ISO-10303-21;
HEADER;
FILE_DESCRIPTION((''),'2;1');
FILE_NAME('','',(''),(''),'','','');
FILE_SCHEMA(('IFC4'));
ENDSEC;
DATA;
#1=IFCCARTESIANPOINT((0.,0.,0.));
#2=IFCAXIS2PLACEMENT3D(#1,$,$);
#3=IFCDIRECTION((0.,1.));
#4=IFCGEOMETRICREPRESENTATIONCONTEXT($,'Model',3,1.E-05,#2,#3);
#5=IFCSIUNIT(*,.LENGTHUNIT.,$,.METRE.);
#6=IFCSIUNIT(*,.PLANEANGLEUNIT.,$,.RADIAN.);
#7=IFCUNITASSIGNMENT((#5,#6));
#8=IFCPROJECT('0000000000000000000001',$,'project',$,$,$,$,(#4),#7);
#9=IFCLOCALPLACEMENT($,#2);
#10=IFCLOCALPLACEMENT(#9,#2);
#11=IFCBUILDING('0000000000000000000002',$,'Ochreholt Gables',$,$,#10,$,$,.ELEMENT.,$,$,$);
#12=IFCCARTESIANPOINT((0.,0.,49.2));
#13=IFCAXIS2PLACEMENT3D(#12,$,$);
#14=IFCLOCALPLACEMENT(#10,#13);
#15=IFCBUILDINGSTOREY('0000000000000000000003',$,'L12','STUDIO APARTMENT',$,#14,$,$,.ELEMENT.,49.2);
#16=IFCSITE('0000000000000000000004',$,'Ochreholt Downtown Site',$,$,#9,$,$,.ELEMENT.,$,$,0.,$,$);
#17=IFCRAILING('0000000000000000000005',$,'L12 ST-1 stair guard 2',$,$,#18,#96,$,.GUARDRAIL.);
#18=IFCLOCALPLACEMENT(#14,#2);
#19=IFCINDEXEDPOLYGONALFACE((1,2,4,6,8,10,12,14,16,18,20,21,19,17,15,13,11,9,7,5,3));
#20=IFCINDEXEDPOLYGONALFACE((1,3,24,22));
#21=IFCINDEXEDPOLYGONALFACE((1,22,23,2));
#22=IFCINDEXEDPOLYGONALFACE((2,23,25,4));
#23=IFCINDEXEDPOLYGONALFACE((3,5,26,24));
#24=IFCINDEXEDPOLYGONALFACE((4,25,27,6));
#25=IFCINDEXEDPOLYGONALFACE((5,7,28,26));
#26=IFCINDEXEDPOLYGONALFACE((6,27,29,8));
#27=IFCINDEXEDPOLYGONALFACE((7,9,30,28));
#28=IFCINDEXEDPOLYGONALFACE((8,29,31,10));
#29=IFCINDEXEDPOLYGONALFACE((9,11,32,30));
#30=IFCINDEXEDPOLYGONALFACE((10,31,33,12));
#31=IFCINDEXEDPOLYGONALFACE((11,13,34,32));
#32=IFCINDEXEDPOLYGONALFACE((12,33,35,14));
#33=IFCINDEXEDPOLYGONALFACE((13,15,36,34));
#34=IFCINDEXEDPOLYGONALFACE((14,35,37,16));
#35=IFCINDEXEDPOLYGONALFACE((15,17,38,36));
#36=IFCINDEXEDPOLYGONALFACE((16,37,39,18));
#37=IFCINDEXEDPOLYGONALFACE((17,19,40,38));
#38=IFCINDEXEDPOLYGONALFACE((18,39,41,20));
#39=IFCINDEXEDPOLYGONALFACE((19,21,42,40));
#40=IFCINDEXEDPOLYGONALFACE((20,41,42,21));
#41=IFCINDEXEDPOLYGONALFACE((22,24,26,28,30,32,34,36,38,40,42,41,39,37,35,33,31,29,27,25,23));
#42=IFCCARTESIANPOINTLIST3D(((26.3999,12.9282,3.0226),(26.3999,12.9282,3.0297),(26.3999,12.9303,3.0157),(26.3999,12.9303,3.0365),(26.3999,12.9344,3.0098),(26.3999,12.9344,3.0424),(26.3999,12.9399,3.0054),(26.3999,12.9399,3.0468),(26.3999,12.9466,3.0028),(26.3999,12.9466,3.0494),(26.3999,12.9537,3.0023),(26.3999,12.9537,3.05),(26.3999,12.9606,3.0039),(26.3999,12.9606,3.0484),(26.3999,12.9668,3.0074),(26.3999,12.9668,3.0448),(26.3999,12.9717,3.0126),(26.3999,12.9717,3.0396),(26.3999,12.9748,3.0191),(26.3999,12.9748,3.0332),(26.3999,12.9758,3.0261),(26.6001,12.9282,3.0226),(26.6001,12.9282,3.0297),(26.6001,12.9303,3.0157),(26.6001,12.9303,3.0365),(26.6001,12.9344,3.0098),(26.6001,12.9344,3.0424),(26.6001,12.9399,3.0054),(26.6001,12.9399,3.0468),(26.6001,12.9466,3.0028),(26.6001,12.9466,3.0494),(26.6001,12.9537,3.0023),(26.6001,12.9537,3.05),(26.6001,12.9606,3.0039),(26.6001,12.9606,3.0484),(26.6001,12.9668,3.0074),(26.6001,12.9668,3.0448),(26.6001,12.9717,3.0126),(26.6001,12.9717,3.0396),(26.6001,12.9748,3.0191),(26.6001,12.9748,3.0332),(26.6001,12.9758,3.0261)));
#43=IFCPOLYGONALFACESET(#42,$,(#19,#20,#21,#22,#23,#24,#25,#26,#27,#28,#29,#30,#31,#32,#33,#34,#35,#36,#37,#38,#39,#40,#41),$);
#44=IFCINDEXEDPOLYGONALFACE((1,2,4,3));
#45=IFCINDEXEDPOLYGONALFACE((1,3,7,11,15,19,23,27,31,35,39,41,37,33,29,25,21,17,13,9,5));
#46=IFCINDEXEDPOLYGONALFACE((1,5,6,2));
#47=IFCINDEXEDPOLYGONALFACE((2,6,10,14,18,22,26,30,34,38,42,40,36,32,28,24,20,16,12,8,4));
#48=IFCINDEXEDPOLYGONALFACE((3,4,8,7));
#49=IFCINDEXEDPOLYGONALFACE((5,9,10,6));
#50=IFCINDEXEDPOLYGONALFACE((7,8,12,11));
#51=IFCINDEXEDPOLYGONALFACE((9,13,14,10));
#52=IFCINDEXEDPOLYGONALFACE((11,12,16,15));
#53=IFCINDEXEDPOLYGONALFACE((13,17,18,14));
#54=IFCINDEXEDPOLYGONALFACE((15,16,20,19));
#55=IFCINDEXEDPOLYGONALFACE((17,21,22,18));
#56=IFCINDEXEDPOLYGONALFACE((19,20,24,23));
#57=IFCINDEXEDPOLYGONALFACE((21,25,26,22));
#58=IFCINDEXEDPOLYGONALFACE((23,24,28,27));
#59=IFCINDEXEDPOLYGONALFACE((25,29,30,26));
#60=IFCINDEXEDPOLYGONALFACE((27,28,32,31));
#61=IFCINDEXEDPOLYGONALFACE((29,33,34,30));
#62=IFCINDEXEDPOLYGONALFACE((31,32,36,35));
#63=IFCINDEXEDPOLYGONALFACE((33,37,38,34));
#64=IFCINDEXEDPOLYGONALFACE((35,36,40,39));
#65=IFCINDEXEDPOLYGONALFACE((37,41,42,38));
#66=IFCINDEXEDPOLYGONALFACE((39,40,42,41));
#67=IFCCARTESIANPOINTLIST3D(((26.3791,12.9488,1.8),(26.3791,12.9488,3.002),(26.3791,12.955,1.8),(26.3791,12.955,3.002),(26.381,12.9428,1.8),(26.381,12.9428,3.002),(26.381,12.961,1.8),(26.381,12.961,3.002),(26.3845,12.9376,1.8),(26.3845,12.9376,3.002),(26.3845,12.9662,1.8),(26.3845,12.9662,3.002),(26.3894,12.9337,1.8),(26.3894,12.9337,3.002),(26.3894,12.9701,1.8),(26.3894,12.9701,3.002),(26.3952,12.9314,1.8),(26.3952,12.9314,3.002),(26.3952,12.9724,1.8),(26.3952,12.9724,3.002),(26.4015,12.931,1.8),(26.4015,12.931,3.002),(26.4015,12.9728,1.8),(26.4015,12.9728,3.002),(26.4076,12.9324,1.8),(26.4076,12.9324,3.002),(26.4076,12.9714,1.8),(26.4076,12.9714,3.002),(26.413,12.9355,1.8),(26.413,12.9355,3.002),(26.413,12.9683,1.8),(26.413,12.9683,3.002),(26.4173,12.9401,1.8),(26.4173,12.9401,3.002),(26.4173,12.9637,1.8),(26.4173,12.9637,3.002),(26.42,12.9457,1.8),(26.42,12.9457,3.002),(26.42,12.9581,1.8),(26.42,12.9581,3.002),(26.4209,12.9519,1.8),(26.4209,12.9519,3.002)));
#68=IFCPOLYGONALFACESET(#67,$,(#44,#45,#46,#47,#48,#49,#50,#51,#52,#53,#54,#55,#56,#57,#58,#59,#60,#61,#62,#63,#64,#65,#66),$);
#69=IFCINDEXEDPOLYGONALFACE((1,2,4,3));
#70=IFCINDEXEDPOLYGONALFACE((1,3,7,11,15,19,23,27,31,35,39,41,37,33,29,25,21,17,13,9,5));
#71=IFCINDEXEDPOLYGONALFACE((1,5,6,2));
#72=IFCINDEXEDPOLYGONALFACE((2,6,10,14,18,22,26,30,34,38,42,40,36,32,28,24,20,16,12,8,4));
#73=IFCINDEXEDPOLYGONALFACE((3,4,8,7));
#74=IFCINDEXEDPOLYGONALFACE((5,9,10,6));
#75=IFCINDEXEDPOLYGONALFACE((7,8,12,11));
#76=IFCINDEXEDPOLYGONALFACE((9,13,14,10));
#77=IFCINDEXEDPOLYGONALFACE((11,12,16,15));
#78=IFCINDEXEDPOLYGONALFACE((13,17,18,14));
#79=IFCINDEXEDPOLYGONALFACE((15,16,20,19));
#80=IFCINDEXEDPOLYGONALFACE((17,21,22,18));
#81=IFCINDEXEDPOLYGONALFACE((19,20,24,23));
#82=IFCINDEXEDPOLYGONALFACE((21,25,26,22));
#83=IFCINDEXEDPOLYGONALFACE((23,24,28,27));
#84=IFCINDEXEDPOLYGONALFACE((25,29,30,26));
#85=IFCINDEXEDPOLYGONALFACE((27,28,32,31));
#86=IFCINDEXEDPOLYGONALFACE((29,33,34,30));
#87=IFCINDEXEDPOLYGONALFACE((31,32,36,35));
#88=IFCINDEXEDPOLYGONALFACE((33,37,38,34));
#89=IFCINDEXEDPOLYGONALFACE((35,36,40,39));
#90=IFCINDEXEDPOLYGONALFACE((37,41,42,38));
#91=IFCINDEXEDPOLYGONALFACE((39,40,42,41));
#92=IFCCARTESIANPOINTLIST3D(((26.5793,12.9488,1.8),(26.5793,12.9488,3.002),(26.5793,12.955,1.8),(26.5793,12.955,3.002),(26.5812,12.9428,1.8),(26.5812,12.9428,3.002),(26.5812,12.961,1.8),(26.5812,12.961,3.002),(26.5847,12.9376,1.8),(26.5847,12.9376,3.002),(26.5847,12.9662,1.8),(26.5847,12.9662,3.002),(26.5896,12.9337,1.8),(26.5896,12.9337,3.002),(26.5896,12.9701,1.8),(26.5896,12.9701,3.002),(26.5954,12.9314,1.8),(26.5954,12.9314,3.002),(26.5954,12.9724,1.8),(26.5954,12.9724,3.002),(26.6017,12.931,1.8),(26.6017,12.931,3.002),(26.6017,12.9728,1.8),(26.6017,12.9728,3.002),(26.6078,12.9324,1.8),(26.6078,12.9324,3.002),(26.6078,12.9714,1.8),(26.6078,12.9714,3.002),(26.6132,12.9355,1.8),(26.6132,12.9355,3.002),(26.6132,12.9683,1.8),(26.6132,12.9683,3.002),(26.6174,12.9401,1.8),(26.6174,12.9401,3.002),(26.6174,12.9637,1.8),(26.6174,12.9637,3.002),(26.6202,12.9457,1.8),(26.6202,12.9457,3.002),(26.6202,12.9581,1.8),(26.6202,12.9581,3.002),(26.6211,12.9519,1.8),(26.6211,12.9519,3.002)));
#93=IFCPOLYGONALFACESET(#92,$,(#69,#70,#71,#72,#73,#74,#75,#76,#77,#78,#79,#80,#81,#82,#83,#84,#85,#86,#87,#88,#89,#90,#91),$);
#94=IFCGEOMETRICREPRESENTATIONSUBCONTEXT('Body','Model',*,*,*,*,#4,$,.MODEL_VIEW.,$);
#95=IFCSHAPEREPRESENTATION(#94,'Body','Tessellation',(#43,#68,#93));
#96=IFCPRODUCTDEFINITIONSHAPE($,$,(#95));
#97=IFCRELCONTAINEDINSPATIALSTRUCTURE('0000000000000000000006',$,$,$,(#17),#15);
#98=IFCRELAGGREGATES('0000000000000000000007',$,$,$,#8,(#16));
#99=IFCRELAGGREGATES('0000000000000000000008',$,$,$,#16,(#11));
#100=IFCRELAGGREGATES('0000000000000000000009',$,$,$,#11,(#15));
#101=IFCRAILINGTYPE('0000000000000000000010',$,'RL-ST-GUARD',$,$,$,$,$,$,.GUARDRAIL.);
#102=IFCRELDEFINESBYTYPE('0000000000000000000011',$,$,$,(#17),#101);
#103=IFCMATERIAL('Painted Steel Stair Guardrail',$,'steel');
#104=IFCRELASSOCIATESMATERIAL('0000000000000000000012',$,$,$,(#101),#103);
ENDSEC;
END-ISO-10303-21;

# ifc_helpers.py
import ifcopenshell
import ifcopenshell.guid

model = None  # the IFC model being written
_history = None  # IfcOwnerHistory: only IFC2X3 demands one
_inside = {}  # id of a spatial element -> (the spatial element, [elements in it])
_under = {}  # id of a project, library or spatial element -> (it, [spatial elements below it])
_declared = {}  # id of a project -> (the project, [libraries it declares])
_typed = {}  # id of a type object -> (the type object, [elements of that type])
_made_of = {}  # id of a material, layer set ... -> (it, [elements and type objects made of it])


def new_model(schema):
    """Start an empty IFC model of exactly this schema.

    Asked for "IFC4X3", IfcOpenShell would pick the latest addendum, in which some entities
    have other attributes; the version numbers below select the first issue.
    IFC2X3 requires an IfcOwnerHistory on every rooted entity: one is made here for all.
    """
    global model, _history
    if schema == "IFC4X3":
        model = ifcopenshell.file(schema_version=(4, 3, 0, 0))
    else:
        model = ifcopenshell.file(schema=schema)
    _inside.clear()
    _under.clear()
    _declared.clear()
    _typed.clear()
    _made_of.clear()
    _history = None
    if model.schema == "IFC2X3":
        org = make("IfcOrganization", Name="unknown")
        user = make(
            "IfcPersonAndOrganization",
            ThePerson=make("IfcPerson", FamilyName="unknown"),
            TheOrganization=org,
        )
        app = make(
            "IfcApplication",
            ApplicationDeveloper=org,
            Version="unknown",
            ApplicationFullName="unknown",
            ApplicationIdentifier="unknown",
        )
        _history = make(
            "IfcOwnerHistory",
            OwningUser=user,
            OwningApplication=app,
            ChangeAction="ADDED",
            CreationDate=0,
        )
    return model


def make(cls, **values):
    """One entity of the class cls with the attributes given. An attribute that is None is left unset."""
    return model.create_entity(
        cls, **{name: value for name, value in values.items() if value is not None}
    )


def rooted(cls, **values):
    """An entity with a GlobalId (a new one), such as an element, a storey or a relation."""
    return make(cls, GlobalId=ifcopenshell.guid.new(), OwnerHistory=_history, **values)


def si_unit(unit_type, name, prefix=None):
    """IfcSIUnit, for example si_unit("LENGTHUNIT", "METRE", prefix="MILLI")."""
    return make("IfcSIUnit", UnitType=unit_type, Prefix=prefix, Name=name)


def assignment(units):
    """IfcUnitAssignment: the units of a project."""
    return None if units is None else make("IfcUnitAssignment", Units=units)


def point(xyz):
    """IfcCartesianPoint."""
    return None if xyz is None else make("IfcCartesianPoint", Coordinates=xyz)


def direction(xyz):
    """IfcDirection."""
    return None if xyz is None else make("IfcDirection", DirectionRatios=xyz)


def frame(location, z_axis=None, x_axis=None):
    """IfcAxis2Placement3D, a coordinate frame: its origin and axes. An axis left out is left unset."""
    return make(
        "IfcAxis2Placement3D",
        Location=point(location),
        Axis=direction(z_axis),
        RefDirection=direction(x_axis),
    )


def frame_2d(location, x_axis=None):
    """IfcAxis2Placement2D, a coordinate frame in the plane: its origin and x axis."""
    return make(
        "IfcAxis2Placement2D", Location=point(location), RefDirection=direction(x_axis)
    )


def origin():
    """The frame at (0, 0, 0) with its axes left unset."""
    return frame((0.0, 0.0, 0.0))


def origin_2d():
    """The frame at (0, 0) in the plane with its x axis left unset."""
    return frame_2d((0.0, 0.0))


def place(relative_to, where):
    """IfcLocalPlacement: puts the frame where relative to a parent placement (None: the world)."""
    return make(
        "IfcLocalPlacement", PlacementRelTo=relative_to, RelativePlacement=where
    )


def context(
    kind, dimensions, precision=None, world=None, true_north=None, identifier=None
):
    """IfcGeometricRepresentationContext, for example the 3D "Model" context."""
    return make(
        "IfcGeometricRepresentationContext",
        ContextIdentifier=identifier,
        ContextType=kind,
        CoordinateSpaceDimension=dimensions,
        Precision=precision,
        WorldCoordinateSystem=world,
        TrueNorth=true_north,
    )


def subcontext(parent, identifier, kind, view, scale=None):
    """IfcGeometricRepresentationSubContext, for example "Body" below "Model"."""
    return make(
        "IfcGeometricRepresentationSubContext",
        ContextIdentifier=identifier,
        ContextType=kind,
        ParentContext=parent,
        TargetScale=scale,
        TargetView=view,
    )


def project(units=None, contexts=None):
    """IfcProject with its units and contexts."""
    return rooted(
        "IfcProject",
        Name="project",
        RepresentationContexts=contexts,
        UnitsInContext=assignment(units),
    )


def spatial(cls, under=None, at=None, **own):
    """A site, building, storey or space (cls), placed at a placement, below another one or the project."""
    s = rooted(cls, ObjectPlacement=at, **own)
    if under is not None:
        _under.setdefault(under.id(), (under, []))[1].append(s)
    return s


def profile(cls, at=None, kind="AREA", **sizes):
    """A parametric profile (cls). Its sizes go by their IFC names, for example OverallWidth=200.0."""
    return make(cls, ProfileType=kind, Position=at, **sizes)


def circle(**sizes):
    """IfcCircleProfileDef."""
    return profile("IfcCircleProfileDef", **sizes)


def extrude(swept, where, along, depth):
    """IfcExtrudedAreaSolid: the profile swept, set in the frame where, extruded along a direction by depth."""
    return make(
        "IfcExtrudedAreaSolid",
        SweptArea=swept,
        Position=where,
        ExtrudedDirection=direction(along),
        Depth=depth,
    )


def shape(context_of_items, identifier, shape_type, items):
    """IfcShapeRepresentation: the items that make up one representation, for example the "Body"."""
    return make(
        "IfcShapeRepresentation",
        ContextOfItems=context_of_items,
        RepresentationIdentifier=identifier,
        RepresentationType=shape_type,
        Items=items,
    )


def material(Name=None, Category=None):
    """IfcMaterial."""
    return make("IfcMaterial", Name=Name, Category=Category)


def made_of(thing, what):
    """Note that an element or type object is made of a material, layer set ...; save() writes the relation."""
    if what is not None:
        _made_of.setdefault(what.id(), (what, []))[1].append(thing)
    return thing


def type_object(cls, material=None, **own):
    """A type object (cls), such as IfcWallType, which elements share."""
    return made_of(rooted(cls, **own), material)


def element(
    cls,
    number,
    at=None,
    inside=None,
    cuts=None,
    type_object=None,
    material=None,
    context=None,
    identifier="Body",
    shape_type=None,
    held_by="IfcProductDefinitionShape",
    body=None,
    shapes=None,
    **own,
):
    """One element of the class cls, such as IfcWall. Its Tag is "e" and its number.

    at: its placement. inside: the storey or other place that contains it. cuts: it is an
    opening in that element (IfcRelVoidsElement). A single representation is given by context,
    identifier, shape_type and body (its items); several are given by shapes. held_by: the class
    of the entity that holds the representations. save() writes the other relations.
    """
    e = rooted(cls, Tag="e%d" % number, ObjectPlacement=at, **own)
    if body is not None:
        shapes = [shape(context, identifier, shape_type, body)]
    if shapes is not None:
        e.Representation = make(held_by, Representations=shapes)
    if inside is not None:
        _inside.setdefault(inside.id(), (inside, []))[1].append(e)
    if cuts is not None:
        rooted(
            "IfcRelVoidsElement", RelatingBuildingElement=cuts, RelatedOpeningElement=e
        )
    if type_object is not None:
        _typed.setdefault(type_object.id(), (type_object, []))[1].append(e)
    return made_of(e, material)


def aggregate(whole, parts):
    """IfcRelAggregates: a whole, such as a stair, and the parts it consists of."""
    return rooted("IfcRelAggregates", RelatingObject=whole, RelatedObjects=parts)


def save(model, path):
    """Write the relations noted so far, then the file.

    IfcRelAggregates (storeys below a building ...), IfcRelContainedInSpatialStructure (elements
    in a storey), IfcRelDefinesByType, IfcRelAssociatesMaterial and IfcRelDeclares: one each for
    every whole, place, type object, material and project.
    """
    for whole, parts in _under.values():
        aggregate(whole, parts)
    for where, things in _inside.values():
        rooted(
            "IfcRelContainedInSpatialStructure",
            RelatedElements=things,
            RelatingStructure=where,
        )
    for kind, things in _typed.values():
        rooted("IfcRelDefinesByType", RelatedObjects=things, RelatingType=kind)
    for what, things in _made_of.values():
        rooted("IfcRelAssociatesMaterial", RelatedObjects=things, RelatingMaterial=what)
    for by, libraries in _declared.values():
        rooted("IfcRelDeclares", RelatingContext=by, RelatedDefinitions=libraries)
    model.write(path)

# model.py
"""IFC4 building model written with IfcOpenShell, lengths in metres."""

from ifc_helpers import new_model, si_unit, direction, frame, origin, origin_2d, place, context, subcontext, project, spatial, circle, extrude, material, type_object, element, save


model = new_model("IFC4")

# Units and contexts
model_context = context("Model", 3, precision=1e-05, world=origin(), true_north=direction((0.0, 1.0)))
body_context = subcontext(model_context, "Body", "Model", "MODEL_VIEW")
ifc_project = project(units=[si_unit("LENGTHUNIT", "METRE"), si_unit("PLANEANGLEUNIT", "RADIAN")], contexts=[model_context])

# Site, building, storey
site_placement = place(None, origin())
site = spatial("IfcSite", under=ifc_project, at=site_placement, Name="Ochreholt Downtown Site", CompositionType="ELEMENT", RefElevation=0.0)
building_placement = place(site_placement, origin())
building = spatial("IfcBuilding", under=site, at=building_placement, Name="Ochreholt Gables", CompositionType="ELEMENT")
storey_placement = place(building_placement, frame((0.0, 0.0, 49.2)))
storey = spatial("IfcBuildingStorey", under=building, at=storey_placement, Name="L12", Description="STUDIO APARTMENT", CompositionType="ELEMENT", Elevation=49.2)

# Railing
ifc_material_1 = material(Name="Painted Steel Stair Guardrail", Category="steel")
railing_type_1 = type_object("IfcRailingType", Name="RL-ST-GUARD", PredefinedType="GUARDRAIL", material=ifc_material_1)
railing_1_placement = place(storey_placement, frame((26.3999, 12.9519, 1.8)))
element("IfcRailing", 1, at=railing_1_placement, inside=storey, type_object=railing_type_1, Name="L12 ST-1 stair guard 2", PredefinedType="GUARDRAIL", context=body_context, shape_type="SweptSolid", body=[
    extrude(circle(Radius=0.0239, at=origin_2d()), frame((0.0, 0.0, 1.2261), z_axis=(1.0, 0.0, 0.0), x_axis=(0.0, 1.0, 0.0)), (0.0, 0.0, 1.0), 0.2002),
    extrude(circle(Radius=0.021, at=origin_2d()), origin(), (0.0, 0.0, 1.0), 1.2019),
    extrude(circle(Radius=0.021, at=origin_2d()), frame((0.2002, 0.0, 0.0)), (0.0, 0.0, 1.0), 1.2019),
])

save(model, "model.ifc")
